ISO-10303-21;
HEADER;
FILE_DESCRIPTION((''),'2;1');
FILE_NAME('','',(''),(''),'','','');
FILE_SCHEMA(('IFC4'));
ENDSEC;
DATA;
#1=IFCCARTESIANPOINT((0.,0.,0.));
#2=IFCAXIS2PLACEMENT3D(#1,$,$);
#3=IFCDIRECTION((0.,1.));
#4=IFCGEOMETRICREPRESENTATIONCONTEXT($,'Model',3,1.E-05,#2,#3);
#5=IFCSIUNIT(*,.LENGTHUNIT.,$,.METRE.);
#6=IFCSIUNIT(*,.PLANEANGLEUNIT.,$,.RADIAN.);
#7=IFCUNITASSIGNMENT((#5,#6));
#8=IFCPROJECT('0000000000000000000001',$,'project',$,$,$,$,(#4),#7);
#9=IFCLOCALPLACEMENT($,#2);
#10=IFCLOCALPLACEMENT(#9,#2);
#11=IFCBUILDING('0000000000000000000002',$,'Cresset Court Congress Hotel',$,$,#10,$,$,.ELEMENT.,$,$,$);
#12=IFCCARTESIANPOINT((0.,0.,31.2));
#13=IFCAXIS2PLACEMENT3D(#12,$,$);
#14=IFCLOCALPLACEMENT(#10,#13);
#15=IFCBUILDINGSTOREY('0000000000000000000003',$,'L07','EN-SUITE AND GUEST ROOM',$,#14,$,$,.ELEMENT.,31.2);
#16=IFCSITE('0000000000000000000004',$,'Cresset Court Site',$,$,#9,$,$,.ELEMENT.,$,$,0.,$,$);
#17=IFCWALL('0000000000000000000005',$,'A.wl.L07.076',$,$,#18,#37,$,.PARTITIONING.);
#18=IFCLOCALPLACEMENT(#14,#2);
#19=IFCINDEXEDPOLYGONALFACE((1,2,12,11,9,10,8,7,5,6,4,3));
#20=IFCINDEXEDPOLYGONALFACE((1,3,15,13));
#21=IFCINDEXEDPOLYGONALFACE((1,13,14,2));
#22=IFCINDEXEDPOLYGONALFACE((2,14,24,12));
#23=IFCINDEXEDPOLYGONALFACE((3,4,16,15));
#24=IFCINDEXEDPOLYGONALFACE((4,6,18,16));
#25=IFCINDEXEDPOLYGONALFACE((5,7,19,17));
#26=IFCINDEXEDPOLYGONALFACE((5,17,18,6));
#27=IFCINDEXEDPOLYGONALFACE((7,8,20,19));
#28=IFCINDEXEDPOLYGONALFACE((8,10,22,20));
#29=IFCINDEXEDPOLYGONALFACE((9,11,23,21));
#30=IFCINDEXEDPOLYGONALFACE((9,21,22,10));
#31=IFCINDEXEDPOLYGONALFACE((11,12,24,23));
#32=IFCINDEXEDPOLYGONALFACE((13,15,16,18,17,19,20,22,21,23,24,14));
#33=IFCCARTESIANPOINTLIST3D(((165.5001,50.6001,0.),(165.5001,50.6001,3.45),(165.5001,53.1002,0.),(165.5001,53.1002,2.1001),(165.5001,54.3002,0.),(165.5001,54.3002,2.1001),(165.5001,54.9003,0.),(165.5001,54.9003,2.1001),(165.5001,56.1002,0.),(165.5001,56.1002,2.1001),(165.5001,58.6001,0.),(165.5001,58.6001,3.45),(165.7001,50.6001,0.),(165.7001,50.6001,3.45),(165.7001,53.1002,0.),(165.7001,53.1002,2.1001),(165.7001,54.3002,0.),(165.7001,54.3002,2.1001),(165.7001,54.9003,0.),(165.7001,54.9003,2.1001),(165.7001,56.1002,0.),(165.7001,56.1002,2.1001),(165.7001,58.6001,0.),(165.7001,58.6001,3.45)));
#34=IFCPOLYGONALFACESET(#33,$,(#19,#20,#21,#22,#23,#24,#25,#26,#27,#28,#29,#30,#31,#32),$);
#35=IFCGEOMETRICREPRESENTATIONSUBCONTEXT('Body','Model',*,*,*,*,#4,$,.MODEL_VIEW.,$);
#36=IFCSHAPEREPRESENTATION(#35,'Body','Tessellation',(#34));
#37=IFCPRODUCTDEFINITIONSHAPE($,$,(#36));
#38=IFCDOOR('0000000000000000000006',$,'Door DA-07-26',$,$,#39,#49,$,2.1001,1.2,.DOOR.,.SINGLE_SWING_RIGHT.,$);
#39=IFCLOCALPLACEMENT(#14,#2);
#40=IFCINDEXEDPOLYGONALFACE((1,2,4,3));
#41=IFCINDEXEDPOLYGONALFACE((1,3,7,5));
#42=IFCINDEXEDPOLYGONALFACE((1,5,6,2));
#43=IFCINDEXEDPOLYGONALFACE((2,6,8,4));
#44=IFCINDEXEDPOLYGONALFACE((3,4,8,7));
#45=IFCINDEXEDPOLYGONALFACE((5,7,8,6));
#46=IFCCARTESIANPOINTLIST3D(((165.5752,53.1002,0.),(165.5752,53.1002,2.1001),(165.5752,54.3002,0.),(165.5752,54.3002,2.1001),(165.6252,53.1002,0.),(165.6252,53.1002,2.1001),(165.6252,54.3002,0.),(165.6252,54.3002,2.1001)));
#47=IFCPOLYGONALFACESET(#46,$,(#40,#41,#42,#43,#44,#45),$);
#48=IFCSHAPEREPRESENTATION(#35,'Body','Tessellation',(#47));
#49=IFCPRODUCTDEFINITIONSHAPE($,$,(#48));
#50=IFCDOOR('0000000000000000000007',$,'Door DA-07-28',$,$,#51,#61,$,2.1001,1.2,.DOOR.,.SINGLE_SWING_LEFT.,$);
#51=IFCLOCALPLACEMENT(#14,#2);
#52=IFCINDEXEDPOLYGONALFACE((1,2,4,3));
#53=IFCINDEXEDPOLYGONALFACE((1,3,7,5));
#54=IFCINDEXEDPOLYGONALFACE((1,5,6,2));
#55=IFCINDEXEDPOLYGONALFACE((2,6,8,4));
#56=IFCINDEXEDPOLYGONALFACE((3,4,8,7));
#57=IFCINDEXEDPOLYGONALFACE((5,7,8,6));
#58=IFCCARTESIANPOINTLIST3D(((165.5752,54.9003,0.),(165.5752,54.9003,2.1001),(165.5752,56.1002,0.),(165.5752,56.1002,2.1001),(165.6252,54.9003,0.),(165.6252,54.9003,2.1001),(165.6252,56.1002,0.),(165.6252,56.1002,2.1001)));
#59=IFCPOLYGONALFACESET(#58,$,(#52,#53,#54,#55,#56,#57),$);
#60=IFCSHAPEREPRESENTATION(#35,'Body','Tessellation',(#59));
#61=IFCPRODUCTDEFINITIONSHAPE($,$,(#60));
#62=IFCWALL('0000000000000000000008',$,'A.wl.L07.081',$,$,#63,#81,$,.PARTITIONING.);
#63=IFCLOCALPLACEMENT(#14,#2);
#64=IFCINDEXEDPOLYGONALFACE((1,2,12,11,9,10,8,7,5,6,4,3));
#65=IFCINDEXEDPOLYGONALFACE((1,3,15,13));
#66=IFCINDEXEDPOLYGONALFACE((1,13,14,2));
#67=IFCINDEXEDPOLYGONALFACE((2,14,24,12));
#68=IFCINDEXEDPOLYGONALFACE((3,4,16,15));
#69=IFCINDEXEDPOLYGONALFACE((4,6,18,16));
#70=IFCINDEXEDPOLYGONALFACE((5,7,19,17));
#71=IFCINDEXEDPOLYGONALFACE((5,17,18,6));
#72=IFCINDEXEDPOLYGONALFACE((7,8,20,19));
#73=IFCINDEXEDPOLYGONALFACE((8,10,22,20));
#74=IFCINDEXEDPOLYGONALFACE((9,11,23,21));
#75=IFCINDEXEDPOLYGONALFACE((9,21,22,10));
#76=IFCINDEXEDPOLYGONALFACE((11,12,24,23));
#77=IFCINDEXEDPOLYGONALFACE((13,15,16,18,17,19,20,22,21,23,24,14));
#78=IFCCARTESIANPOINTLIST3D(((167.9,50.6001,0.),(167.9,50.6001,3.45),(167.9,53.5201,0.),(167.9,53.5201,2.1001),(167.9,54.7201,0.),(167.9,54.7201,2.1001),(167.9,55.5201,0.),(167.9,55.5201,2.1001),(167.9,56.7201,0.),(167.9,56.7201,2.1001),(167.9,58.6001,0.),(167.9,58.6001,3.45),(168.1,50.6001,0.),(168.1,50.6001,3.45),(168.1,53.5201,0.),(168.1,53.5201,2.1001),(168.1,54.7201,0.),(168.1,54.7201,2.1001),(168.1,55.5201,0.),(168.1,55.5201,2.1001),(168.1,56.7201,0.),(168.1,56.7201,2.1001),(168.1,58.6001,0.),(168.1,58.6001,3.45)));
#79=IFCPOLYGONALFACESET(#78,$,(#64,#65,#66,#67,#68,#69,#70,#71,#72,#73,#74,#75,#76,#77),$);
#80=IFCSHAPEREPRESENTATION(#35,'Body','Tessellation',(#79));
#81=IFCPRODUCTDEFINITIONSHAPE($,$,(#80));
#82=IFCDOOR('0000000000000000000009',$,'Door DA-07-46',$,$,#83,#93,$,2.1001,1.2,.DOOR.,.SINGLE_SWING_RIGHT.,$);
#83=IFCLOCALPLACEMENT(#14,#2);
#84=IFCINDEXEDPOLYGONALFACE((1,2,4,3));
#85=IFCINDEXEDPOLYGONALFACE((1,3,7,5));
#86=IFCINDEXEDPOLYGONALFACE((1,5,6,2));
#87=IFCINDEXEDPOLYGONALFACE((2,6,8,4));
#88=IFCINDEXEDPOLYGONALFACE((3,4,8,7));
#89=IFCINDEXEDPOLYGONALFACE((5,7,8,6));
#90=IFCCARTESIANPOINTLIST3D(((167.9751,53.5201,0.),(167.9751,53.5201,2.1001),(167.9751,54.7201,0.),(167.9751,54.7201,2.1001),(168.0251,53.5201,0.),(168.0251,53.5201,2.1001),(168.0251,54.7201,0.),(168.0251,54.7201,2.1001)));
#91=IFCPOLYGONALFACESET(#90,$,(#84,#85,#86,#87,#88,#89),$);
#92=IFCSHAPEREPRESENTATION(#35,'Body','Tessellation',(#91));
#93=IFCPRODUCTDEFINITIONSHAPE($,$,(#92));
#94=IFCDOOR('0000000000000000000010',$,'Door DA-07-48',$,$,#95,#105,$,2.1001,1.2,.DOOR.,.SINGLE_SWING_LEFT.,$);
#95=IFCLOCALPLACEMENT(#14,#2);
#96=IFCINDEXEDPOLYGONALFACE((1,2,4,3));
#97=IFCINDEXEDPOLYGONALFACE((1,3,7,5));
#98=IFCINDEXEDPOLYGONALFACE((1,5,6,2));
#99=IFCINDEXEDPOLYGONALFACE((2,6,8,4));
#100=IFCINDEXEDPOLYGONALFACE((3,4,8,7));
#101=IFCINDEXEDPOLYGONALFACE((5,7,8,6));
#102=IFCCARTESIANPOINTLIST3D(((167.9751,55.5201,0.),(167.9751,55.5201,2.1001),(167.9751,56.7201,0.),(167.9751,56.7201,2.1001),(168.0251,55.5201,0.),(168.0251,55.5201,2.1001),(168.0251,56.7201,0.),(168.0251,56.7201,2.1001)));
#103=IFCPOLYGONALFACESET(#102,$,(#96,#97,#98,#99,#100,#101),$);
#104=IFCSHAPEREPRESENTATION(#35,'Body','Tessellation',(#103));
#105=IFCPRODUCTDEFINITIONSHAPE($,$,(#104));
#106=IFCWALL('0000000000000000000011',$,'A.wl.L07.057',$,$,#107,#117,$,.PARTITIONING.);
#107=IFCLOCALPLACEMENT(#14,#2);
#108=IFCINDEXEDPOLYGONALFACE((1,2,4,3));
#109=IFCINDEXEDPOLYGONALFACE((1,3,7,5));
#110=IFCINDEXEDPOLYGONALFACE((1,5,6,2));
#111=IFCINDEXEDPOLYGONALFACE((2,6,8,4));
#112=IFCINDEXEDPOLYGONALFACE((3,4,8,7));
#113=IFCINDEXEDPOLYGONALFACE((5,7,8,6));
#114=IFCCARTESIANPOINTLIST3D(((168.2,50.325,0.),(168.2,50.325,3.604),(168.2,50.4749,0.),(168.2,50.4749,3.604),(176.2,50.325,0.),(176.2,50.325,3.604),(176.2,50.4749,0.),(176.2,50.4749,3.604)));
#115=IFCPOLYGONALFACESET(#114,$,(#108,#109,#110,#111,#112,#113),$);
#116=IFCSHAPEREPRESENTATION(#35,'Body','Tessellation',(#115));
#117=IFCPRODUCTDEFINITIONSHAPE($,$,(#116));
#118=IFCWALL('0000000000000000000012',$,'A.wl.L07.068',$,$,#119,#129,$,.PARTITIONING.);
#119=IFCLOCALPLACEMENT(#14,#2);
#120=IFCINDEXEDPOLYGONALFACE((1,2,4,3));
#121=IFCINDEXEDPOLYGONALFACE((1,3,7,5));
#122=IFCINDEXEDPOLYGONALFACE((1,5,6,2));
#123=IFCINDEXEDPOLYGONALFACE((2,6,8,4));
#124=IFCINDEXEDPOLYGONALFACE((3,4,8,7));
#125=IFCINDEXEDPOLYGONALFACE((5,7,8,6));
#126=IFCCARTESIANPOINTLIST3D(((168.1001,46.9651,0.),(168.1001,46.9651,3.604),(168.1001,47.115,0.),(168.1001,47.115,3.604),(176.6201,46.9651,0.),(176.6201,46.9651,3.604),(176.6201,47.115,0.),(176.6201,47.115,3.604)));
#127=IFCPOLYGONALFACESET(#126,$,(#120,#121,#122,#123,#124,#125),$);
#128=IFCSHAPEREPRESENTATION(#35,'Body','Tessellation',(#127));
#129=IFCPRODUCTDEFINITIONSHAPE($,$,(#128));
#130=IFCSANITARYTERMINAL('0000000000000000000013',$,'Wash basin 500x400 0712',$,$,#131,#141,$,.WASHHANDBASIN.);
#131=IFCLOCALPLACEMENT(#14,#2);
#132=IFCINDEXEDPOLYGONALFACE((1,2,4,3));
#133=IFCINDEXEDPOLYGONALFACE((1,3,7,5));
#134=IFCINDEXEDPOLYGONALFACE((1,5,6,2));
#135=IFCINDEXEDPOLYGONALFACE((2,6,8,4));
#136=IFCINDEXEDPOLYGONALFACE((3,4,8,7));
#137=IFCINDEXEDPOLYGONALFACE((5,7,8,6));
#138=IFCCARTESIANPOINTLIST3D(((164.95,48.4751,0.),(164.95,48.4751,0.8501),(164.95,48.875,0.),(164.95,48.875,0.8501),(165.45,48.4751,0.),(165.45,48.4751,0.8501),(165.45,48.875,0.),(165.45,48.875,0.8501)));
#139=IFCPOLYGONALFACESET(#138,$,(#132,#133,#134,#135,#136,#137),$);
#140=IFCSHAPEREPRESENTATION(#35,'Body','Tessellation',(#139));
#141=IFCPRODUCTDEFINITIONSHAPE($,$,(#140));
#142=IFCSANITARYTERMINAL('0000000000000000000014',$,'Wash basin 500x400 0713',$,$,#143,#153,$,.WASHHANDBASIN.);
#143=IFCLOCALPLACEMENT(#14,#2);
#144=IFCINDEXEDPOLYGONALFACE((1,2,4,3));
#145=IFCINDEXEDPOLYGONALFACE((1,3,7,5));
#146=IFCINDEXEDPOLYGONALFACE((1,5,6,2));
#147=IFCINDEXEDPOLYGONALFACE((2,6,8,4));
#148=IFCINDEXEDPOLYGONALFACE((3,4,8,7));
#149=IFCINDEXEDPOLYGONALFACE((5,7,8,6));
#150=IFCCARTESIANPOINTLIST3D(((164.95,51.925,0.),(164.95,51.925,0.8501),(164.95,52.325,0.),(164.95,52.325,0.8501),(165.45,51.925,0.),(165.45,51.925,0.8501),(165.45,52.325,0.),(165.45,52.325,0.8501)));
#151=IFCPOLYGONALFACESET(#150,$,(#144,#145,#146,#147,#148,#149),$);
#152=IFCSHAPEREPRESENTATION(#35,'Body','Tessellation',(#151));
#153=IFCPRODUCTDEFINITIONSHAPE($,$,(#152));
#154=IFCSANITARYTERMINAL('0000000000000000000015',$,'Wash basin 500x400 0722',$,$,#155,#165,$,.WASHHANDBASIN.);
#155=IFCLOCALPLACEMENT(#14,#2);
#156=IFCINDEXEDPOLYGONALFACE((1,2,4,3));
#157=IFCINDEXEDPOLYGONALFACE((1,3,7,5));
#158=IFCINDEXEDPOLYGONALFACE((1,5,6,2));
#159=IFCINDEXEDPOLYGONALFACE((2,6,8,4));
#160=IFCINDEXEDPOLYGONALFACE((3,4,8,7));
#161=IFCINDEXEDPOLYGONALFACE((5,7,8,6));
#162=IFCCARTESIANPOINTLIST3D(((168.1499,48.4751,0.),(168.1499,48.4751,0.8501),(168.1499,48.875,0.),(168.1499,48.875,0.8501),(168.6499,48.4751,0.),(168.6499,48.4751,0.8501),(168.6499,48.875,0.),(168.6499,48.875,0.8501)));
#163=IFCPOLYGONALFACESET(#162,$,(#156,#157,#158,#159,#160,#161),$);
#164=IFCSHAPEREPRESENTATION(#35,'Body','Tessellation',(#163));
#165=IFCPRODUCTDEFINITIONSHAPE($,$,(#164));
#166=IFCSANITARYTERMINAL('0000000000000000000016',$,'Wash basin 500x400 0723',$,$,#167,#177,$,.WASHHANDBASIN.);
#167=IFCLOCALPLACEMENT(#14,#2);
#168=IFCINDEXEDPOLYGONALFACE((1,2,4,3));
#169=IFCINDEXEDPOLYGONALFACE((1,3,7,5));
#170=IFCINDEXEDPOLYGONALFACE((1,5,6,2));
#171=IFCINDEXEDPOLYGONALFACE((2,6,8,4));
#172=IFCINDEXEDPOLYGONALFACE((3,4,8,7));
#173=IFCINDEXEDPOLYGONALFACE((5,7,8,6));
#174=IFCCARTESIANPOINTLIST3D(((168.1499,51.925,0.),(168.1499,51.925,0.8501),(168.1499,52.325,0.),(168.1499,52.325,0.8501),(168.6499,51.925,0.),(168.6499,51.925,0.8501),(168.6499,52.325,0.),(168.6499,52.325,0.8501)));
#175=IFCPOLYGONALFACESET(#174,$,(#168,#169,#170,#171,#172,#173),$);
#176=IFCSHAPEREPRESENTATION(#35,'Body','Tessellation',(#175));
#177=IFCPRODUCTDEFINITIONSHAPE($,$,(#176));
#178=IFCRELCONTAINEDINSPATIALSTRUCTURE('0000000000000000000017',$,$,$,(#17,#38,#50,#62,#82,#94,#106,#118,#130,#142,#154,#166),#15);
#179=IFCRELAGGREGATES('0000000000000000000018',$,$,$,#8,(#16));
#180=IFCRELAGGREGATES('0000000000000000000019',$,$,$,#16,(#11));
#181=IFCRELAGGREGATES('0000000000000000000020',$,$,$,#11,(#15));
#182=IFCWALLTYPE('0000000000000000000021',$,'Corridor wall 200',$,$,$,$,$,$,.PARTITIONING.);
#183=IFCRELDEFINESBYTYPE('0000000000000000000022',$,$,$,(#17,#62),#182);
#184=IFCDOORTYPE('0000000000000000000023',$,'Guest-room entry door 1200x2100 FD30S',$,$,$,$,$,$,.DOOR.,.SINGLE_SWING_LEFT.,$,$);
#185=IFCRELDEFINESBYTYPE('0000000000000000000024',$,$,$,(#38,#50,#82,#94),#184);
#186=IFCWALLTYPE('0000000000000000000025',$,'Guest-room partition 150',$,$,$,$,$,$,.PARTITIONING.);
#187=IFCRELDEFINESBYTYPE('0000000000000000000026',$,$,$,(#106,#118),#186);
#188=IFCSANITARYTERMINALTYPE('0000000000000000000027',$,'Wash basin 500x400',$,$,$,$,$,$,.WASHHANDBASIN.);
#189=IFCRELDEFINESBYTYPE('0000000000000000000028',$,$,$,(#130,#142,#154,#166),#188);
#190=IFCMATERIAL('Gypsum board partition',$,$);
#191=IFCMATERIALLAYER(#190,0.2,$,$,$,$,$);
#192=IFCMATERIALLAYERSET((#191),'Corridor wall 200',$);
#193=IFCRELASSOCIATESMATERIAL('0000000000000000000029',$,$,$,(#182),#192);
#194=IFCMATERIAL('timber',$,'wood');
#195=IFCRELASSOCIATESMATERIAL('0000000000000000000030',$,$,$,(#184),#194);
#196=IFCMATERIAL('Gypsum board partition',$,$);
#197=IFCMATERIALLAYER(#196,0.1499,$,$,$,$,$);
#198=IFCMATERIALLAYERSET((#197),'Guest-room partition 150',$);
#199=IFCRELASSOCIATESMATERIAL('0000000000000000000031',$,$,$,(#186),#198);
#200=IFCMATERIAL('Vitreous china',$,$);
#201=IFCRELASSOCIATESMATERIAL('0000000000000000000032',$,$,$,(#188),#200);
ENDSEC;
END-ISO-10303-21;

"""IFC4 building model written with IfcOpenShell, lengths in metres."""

from ifc_helpers import new_model, si_unit, direction, frame, frame_2d, origin, origin_2d, place, context, subcontext, project, spatial, rectangle, extrude, material, layer, layer_set, type_object, element, fill, save


model = new_model("IFC4")

# Units and contexts
model_context = context("Model", 3, precision=1e-05, world=origin(), true_north=direction((0.0, 1.0)))
body_context = subcontext(model_context, "Body", "Model", "MODEL_VIEW")
ifc_project = project(units=[si_unit("LENGTHUNIT", "METRE"), si_unit("PLANEANGLEUNIT", "RADIAN")], contexts=[model_context])

# Site, building, storey
site_placement = place(None, origin())
site = spatial("IfcSite", under=ifc_project, at=site_placement, Name="Cresset Court Site", CompositionType="ELEMENT", RefElevation=0.0)
building_placement = place(site_placement, origin())
building = spatial("IfcBuilding", under=site, at=building_placement, Name="Cresset Court Congress Hotel", CompositionType="ELEMENT")
storey_placement = place(building_placement, frame((0.0, 0.0, 31.2)))
storey = spatial("IfcBuildingStorey", under=building, at=storey_placement, Name="L07", Description="EN-SUITE AND GUEST ROOM", CompositionType="ELEMENT", Elevation=31.2)

# Walls, openings, doors
ifc_material_1 = material(Name="Gypsum board partition")
ifc_layer_1 = layer(ifc_material_1, 0.2)
ifc_layer_set_1 = layer_set([ifc_layer_1], Name="Corridor wall 200")
wall_type_1 = type_object("IfcWallType", Name="Corridor wall 200", PredefinedType="PARTITIONING", material=ifc_layer_set_1)
wall_1_placement = place(storey_placement, frame((165.6001, 50.6001, 0.0), z_axis=(0.0, 0.0, 1.0), x_axis=(0.0, 1.0, 0.0)))
wall_1 = element("IfcWall", 1, at=wall_1_placement, inside=storey, type_object=wall_type_1, Name="A.wl.L07.076", PredefinedType="PARTITIONING", context=body_context, shape_type="SweptSolid", body=[
    extrude(rectangle(XDim=8.0, YDim=0.2, at=frame_2d((4.0, 0.0))), origin(), (0.0, 0.0, 1.0), 3.45),
])
opening_1_placement = place(wall_1_placement, frame((2.5, 0.0, 0.0)))
opening_1 = element("IfcOpeningElement", 2, at=opening_1_placement, cuts=wall_1, PredefinedType="OPENING", context=body_context, shape_type="SweptSolid", body=[
    extrude(rectangle(XDim=1.2, YDim=2.1001, at=frame_2d((0.6001, 1.05))), frame((0.0, 0.1099, 0.0), z_axis=(0.0, -1.0, 0.0), x_axis=(1.0, 0.0, 0.0)), (0.0, 0.0, 1.0), 0.22),
])
opening_2_placement = place(wall_1_placement, frame((4.3, 0.0, 0.0)))
opening_2 = element("IfcOpeningElement", 3, at=opening_2_placement, cuts=wall_1, PredefinedType="OPENING", context=body_context, shape_type="SweptSolid", body=[
    extrude(rectangle(XDim=1.2, YDim=2.1001, at=frame_2d((0.6001, 1.05))), frame((0.0, 0.1099, 0.0), z_axis=(0.0, -1.0, 0.0), x_axis=(1.0, 0.0, 0.0)), (0.0, 0.0, 1.0), 0.22),
])
ifc_material_2 = material(Name="timber", Category="wood")
door_type = type_object("IfcDoorType", Name="Guest-room entry door 1200x2100 FD30S", OperationType="SINGLE_SWING_LEFT", PredefinedType="DOOR", material=ifc_material_2)
door_1_placement = place(opening_1_placement, origin())
door_1 = element("IfcDoor", 4, at=door_1_placement, inside=storey, type_object=door_type, Name="Door DA-07-26", OperationType="SINGLE_SWING_RIGHT", OverallHeight=2.1001, OverallWidth=1.2, PredefinedType="DOOR", context=body_context, shape_type="SweptSolid", body=[
    extrude(rectangle(XDim=1.2, YDim=2.1001, at=frame_2d((0.6001, 1.05))), frame((0.0, 0.0249, 0.0), z_axis=(0.0, -1.0, 0.0), x_axis=(1.0, 0.0, 0.0)), (0.0, 0.0, 1.0), 0.05),
])
fill(opening_1, door_1)
door_2_placement = place(opening_2_placement, origin())
door_2 = element("IfcDoor", 5, at=door_2_placement, inside=storey, type_object=door_type, Name="Door DA-07-28", OperationType="SINGLE_SWING_LEFT", OverallHeight=2.1001, OverallWidth=1.2, PredefinedType="DOOR", context=body_context, shape_type="SweptSolid", body=[
    extrude(rectangle(XDim=1.2, YDim=2.1001, at=frame_2d((0.6001, 1.05))), frame((0.0, 0.0249, 0.0), z_axis=(0.0, -1.0, 0.0), x_axis=(1.0, 0.0, 0.0)), (0.0, 0.0, 1.0), 0.05),
])
fill(opening_2, door_2)
wall_2_placement = place(storey_placement, frame((168.0, 50.6001, 0.0), z_axis=(0.0, 0.0, 1.0), x_axis=(0.0, 1.0, 0.0)))
wall_2 = element("IfcWall", 6, at=wall_2_placement, inside=storey, type_object=wall_type_1, Name="A.wl.L07.081", PredefinedType="PARTITIONING", context=body_context, shape_type="SweptSolid", body=[
    extrude(rectangle(XDim=8.0, YDim=0.2, at=frame_2d((4.0, 0.0))), origin(), (0.0, 0.0, 1.0), 3.45),
])
opening_3_placement = place(wall_2_placement, frame((2.9199, 0.0, 0.0)))
opening_3 = element("IfcOpeningElement", 7, at=opening_3_placement, cuts=wall_2, PredefinedType="OPENING", context=body_context, shape_type="SweptSolid", body=[
    extrude(rectangle(XDim=1.2, YDim=2.1001, at=frame_2d((0.6001, 1.05))), frame((0.0, 0.1099, 0.0), z_axis=(0.0, -1.0, 0.0), x_axis=(1.0, 0.0, 0.0)), (0.0, 0.0, 1.0), 0.22),
])
opening_4_placement = place(wall_2_placement, frame((4.9199, 0.0, 0.0)))
opening_4 = element("IfcOpeningElement", 8, at=opening_4_placement, cuts=wall_2, PredefinedType="OPENING", context=body_context, shape_type="SweptSolid", body=[
    extrude(rectangle(XDim=1.2, YDim=2.1001, at=frame_2d((0.6001, 1.05))), frame((0.0, 0.1099, 0.0), z_axis=(0.0, -1.0, 0.0), x_axis=(1.0, 0.0, 0.0)), (0.0, 0.0, 1.0), 0.22),
])
door_3_placement = place(opening_3_placement, origin())
door_3 = element("IfcDoor", 9, at=door_3_placement, inside=storey, type_object=door_type, Name="Door DA-07-46", OperationType="SINGLE_SWING_RIGHT", OverallHeight=2.1001, OverallWidth=1.2, PredefinedType="DOOR", context=body_context, shape_type="SweptSolid", body=[
    extrude(rectangle(XDim=1.2, YDim=2.1001, at=frame_2d((0.6001, 1.05))), frame((0.0, 0.0249, 0.0), z_axis=(0.0, -1.0, 0.0), x_axis=(1.0, 0.0, 0.0)), (0.0, 0.0, 1.0), 0.05),
])
fill(opening_3, door_3)
door_4_placement = place(opening_4_placement, origin())
door_4 = element("IfcDoor", 10, at=door_4_placement, inside=storey, type_object=door_type, Name="Door DA-07-48", OperationType="SINGLE_SWING_LEFT", OverallHeight=2.1001, OverallWidth=1.2, PredefinedType="DOOR", context=body_context, shape_type="SweptSolid", body=[
    extrude(rectangle(XDim=1.2, YDim=2.1001, at=frame_2d((0.6001, 1.05))), frame((0.0, 0.0249, 0.0), z_axis=(0.0, -1.0, 0.0), x_axis=(1.0, 0.0, 0.0)), (0.0, 0.0, 1.0), 0.05),
])
fill(opening_4, door_4)

# Walls
ifc_material_3 = material(Name="Gypsum board partition")
ifc_layer_2 = layer(ifc_material_3, 0.1499)
ifc_layer_set_2 = layer_set([ifc_layer_2], Name="Guest-room partition 150")
wall_type_2 = type_object("IfcWallType", Name="Guest-room partition 150", PredefinedType="PARTITIONING", material=ifc_layer_set_2)
wall_3_placement = place(storey_placement, frame((168.2, 50.3999, 0.0), z_axis=(0.0, 0.0, 1.0), x_axis=(1.0, 0.0, 0.0)))
element("IfcWall", 11, at=wall_3_placement, inside=storey, type_object=wall_type_2, Name="A.wl.L07.057", PredefinedType="PARTITIONING", context=body_context, shape_type="SweptSolid", body=[
    extrude(rectangle(XDim=8.0, YDim=0.1499, at=frame_2d((4.0, 0.0))), origin(), (0.0, 0.0, 1.0), 3.604),
])
wall_4_placement = place(storey_placement, frame((168.1001, 47.04, 0.0), z_axis=(0.0, 0.0, 1.0), x_axis=(1.0, 0.0, 0.0)))
element("IfcWall", 12, at=wall_4_placement, inside=storey, type_object=wall_type_2, Name="A.wl.L07.068", PredefinedType="PARTITIONING", context=body_context, shape_type="SweptSolid", body=[
    extrude(rectangle(XDim=8.52, YDim=0.1499, at=frame_2d((4.26, 0.0))), origin(), (0.0, 0.0, 1.0), 3.604),
])

# Sanitary terminals
ifc_material_4 = material(Name="Vitreous china")
sanitary_terminal_type = type_object("IfcSanitaryTerminalType", Name="Wash basin 500x400", PredefinedType="WASHHANDBASIN", material=ifc_material_4)
for number, where, z_axis, x_axis, name in (
    (13, (165.2, 48.675, 0.0), (0.0, 0.0, 1.0), (1.0, 0.0, 0.0), "Wash basin 500x400 0712"),
    (14, (165.2, 52.125, 0.0), (0.0, 0.0, 1.0), (1.0, 0.0, 0.0), "Wash basin 500x400 0713"),
    (15, (168.3999, 48.675, 0.0), (0.0, 0.0, 1.0), (1.0, 0.0, 0.0), "Wash basin 500x400 0722"),
    (16, (168.3999, 52.125, 0.0), (0.0, 0.0, 1.0), (1.0, 0.0, 0.0), "Wash basin 500x400 0723"),
):
    element("IfcSanitaryTerminal", number, at=place(storey_placement, frame(where, z_axis=z_axis, x_axis=x_axis)), inside=storey, type_object=sanitary_terminal_type, Name=name, PredefinedType="WASHHANDBASIN", context=body_context, shape_type="SweptSolid", body=[
        extrude(rectangle(XDim=0.5, YDim=0.3999, at=origin_2d()), origin(), (0.0, 0.0, 1.0), 0.8501),
    ])

save(model, "model.ifc")
